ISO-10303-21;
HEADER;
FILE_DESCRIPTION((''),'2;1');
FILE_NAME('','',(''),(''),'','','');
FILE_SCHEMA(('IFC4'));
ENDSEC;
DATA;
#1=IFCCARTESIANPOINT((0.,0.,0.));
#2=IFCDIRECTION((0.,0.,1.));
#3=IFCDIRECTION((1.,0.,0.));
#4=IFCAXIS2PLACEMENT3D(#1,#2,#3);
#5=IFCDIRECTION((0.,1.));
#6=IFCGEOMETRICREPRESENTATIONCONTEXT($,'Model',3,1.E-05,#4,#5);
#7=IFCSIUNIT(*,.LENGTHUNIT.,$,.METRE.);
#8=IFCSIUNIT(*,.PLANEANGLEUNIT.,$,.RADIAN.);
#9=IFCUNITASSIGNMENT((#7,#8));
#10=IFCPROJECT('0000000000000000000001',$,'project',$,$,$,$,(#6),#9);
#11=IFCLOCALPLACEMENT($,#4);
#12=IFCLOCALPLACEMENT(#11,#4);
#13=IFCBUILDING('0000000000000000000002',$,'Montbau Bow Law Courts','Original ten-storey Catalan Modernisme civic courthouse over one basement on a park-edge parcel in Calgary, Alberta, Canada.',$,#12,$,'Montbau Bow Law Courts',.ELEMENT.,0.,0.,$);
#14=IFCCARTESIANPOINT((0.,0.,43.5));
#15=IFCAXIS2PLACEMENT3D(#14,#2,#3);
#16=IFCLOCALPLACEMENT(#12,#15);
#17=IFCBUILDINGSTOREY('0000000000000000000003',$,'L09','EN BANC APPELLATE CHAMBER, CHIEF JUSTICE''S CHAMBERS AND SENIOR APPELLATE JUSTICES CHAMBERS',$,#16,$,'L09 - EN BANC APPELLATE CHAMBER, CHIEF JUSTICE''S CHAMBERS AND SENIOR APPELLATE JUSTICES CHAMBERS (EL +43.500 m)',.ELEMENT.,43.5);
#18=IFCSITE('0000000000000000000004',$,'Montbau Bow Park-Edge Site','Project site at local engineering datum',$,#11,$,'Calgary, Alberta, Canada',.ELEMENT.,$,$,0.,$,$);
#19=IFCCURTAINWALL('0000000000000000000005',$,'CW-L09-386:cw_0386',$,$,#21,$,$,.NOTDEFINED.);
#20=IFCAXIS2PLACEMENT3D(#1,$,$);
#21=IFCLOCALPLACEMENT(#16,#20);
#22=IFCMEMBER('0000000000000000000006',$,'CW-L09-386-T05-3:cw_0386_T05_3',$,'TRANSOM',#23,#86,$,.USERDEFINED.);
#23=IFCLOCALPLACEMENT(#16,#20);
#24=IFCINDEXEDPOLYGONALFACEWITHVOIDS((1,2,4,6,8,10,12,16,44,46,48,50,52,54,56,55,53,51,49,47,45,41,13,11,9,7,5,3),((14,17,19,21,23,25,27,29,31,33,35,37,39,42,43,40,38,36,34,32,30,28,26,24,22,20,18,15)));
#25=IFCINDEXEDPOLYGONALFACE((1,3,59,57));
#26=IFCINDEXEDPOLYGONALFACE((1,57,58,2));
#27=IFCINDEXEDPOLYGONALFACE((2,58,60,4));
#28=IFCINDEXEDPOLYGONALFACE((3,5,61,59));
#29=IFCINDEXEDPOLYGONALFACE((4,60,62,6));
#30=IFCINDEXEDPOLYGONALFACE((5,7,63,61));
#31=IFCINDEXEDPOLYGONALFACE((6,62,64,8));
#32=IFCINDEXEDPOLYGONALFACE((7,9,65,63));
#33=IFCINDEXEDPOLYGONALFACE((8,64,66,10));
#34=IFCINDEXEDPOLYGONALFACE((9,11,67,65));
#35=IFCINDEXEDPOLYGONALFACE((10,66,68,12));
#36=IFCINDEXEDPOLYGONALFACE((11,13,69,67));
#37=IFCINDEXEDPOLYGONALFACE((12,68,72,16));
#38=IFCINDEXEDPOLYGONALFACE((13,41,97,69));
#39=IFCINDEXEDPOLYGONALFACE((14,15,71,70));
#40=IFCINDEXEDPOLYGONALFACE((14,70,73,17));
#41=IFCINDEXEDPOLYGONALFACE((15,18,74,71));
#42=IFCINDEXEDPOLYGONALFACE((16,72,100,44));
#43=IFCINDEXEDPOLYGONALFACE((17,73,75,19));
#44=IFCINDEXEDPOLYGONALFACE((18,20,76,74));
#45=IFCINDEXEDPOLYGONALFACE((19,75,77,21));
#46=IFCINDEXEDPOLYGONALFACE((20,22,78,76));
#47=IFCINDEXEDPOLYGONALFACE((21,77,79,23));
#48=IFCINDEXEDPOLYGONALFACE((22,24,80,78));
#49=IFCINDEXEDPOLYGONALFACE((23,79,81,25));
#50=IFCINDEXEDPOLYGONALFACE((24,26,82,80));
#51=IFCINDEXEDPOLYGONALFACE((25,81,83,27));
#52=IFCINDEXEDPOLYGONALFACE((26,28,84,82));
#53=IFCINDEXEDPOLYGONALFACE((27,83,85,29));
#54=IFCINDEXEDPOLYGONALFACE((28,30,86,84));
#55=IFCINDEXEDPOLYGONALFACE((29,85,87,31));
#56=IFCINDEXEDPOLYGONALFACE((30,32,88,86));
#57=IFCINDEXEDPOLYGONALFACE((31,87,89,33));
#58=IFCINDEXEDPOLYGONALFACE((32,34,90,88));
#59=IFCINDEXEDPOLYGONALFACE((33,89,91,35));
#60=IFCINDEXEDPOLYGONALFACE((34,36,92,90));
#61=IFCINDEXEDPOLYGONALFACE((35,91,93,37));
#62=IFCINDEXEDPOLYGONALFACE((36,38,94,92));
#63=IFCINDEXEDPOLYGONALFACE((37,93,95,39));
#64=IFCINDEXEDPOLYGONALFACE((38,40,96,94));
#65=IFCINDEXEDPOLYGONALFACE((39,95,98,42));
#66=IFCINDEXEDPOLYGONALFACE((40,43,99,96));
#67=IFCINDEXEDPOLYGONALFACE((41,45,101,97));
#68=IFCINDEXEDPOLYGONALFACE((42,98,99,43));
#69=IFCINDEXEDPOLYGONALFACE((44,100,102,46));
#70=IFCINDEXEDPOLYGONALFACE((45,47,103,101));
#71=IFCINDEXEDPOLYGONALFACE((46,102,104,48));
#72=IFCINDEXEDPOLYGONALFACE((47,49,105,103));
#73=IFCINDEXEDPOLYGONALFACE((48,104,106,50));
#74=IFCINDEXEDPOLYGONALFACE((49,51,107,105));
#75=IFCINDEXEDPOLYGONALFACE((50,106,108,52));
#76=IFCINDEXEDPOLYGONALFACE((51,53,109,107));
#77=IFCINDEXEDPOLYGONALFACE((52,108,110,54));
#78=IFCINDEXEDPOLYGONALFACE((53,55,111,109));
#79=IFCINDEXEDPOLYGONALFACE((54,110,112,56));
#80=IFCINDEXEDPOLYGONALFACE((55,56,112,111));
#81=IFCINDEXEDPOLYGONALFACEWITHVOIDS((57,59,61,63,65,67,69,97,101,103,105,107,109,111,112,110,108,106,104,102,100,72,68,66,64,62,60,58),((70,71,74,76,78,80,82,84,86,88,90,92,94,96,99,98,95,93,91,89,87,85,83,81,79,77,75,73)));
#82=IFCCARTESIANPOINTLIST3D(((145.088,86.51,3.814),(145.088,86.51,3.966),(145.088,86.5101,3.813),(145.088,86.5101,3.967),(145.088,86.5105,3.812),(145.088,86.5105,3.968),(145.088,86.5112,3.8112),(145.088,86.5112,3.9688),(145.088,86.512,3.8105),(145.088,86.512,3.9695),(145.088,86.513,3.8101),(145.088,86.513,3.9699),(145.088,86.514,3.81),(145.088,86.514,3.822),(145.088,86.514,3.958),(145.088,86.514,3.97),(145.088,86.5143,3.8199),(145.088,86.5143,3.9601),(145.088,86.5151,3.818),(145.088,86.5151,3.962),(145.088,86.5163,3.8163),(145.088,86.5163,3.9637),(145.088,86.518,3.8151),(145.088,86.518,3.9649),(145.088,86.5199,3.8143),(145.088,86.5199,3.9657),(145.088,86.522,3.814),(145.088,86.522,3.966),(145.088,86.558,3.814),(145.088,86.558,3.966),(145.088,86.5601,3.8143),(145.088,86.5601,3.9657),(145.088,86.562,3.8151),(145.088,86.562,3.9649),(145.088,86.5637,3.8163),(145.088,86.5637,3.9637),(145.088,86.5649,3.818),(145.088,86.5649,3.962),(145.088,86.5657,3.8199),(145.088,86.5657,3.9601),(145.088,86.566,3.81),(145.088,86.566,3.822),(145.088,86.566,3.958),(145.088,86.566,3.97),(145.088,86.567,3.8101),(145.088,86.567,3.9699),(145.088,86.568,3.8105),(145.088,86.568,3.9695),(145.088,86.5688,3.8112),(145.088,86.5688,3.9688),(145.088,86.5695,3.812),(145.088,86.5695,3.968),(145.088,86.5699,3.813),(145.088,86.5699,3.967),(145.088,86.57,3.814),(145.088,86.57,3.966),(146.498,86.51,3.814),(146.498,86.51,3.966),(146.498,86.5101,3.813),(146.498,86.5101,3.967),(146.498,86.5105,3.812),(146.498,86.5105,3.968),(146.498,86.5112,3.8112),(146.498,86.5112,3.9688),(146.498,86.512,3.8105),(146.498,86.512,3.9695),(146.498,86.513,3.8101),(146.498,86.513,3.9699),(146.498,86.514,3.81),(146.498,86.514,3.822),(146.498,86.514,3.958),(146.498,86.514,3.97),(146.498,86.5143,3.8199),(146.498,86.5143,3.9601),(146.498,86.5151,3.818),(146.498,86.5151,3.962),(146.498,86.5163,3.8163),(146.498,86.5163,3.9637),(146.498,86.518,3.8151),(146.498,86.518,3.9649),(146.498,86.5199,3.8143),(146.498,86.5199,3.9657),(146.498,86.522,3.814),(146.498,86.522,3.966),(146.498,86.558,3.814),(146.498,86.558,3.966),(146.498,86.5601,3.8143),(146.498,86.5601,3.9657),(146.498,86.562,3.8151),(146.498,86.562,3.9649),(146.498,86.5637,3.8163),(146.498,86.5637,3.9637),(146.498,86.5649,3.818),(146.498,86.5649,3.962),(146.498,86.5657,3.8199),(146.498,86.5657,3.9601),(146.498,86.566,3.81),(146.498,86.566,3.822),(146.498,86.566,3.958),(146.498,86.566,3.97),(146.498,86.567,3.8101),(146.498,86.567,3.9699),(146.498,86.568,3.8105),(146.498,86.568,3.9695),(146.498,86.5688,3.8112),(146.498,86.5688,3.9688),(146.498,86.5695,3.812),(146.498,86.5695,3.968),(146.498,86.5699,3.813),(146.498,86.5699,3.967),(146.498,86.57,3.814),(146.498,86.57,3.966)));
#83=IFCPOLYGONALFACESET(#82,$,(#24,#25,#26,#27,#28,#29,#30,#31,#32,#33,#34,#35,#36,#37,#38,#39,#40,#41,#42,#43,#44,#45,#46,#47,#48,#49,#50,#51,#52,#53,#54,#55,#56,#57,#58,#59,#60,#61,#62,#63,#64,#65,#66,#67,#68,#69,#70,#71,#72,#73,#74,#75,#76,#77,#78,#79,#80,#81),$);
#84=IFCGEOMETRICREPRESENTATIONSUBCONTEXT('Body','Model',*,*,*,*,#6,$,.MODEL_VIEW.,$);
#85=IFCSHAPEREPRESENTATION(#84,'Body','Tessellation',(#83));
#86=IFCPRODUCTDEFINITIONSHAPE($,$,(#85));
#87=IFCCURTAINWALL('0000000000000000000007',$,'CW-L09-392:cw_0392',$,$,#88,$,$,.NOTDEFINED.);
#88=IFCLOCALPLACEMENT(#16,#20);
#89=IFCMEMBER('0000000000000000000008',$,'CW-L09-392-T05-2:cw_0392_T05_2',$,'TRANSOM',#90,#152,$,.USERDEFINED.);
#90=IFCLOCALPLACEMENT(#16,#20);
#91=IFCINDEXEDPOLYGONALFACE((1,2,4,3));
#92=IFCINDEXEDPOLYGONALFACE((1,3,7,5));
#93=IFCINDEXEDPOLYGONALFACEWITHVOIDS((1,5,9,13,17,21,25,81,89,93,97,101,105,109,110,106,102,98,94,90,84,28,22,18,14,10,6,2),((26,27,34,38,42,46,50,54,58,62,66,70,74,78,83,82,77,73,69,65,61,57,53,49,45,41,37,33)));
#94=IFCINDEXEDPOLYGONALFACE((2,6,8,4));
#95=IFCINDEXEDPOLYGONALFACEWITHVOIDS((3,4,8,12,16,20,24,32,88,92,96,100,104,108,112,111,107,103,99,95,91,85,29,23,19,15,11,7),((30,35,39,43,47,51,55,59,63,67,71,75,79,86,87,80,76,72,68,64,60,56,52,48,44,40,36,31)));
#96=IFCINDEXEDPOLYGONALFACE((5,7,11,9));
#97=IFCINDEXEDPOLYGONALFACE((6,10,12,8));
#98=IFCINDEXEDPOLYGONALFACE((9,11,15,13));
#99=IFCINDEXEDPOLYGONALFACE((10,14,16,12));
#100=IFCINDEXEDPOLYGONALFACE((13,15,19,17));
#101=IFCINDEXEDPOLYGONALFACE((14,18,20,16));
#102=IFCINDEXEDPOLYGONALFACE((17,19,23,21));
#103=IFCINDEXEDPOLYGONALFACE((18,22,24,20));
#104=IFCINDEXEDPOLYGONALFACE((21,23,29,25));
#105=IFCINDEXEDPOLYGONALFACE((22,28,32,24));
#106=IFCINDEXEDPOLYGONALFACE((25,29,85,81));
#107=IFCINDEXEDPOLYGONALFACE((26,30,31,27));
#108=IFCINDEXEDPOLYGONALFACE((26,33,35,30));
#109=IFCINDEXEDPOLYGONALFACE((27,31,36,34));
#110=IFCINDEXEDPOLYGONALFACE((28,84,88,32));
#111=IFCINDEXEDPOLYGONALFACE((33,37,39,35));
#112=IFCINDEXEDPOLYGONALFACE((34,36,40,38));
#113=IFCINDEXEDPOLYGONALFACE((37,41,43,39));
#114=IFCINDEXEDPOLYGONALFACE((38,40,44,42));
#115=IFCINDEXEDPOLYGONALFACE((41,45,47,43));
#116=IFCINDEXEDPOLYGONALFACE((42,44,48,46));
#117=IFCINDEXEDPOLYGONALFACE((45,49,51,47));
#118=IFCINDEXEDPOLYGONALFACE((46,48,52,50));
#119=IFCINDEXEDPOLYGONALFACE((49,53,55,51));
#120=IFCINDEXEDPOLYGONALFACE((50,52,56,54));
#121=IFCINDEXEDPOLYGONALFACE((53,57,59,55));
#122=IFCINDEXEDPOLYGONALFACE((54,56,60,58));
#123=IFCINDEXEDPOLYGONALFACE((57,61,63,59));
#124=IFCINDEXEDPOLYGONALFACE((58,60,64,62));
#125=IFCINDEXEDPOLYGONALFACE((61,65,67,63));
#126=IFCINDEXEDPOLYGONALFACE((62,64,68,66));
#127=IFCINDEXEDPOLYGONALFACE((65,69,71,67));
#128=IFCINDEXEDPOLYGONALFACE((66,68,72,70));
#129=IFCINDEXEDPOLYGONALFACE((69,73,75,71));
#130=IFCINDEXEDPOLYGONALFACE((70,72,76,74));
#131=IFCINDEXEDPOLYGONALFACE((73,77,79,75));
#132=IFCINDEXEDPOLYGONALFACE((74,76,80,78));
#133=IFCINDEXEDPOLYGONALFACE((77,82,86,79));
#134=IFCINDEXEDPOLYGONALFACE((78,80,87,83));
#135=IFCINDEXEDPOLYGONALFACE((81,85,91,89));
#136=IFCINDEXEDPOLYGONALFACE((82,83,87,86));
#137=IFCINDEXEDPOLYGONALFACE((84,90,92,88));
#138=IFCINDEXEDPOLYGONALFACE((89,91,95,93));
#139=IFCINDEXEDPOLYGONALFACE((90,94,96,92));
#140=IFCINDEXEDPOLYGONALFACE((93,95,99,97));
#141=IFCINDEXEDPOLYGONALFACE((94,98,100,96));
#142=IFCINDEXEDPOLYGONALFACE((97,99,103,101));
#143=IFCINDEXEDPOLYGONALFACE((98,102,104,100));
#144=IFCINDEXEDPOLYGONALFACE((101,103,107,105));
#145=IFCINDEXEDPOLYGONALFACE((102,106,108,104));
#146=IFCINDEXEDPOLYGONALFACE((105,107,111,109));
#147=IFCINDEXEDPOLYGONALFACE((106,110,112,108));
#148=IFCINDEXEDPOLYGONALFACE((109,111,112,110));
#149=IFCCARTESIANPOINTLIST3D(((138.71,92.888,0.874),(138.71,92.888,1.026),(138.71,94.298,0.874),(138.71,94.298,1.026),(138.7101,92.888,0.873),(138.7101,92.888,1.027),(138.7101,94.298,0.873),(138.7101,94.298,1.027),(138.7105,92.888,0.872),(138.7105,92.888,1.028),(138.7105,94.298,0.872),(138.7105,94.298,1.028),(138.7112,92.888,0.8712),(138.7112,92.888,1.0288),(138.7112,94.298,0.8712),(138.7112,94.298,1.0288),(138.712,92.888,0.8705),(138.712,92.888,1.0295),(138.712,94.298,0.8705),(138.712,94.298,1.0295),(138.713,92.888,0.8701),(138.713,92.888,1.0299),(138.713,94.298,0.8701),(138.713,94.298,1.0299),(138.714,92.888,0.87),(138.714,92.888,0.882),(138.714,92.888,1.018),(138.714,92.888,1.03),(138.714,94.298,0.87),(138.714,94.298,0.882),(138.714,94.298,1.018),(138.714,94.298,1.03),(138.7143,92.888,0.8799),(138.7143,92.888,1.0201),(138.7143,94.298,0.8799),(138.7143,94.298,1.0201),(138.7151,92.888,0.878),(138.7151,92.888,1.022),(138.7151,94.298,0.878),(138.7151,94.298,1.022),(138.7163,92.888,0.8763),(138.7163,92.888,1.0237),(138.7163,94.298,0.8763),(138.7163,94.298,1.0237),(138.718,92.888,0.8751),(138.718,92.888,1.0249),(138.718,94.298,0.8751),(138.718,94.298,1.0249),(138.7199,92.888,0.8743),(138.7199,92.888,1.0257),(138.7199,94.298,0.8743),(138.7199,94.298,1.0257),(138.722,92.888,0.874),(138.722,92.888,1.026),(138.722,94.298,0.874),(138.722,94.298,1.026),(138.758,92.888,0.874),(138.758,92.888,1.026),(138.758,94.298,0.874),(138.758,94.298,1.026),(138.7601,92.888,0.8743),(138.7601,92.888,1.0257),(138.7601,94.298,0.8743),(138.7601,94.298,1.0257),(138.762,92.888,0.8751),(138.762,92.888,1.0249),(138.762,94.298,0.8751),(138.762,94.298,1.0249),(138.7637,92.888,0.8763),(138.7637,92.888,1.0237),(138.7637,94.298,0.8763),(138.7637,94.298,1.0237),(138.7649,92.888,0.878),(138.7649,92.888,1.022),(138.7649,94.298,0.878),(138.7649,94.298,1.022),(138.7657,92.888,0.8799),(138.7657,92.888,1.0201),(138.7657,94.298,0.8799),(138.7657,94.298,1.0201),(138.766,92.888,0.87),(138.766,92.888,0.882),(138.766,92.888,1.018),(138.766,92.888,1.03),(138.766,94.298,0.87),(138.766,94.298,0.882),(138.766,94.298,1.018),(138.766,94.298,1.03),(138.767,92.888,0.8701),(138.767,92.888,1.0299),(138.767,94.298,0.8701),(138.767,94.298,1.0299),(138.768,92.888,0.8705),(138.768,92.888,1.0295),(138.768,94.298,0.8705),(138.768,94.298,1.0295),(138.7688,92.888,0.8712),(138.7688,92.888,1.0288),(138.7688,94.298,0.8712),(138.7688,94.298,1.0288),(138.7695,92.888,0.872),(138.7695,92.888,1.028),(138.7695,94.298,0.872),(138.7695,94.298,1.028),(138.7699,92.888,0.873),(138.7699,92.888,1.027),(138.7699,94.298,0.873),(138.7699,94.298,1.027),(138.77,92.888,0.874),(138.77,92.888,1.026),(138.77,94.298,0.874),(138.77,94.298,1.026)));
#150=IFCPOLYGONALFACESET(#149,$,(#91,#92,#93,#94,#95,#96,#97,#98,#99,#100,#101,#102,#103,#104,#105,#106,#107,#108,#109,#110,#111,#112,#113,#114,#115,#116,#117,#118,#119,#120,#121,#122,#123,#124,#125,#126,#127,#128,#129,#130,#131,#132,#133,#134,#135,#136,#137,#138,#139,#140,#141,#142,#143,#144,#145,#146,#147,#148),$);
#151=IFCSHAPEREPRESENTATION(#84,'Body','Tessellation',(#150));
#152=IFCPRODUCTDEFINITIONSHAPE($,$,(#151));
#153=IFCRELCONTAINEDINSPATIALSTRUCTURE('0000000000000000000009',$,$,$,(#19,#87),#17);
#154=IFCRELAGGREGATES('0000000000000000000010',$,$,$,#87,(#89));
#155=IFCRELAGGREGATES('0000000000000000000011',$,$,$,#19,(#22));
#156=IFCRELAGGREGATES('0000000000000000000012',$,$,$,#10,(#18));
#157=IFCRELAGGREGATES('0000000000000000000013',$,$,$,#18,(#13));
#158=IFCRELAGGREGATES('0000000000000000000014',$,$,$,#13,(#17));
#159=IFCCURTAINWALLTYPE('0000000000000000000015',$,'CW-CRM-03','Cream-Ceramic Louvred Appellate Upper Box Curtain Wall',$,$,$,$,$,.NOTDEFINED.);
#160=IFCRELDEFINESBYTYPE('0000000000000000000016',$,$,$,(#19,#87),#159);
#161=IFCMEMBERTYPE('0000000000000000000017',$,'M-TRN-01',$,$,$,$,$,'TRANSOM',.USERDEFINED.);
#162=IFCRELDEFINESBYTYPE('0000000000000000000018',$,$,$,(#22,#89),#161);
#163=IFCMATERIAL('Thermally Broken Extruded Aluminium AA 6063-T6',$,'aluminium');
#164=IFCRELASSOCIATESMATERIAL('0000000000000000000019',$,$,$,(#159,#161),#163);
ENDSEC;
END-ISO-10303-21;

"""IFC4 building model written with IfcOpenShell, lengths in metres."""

from ifc_helpers import new_model, si_unit, direction, frame, origin_with_axes, origin_2d_with_axis, place, context, subcontext, project, spatial, hollow_rectangle, extrude, material, material_profile, profile_set, type_object, element, aggregate, save


model = new_model("IFC4")

# Units and contexts
model_context = context("Model", 3, precision=1e-05, world=origin_with_axes(), true_north=direction((0.0, 1.0)))
body_context = subcontext(model_context, "Body", "Model", "MODEL_VIEW")
ifc_project = project(units=[si_unit("LENGTHUNIT", "METRE"), si_unit("PLANEANGLEUNIT", "RADIAN")], contexts=[model_context])

# Site, building, storey
site_placement = place(None, origin_with_axes())
site = spatial("IfcSite", under=ifc_project, at=site_placement, Name="Montbau Bow Park-Edge Site", Description="Project site at local engineering datum", LongName="Calgary, Alberta, Canada", CompositionType="ELEMENT", RefElevation=0.0)
building_placement = place(site_placement, origin_with_axes())
building = spatial("IfcBuilding", under=site, at=building_placement, Name="Montbau Bow Law Courts", Description="Original ten-storey Catalan Modernisme civic courthouse over one basement on a park-edge parcel in Calgary, Alberta, Canada.", LongName="Montbau Bow Law Courts", CompositionType="ELEMENT", ElevationOfRefHeight=0.0, ElevationOfTerrain=0.0)
storey_placement = place(building_placement, frame((0.0, 0.0, 43.5), z_axis=(0.0, 0.0, 1.0), x_axis=(1.0, 0.0, 0.0)))
storey = spatial("IfcBuildingStorey", under=building, at=storey_placement, Name="L09", Description="EN BANC APPELLATE CHAMBER, CHIEF JUSTICE'S CHAMBERS AND SENIOR APPELLATE JUSTICES CHAMBERS", LongName="L09 - EN BANC APPELLATE CHAMBER, CHIEF JUSTICE'S CHAMBERS AND SENIOR APPELLATE JUSTICES CHAMBERS (EL +43.500 m)", CompositionType="ELEMENT", Elevation=43.5)

# Shared definitions
ifc_material_1 = material(Name="Thermally Broken Extruded Aluminium AA 6063-T6", Category="aluminium")
curtain_wall_type = type_object("IfcCurtainWallType", Name="CW-CRM-03", Description="Cream-Ceramic Louvred Appellate Upper Box Curtain Wall", PredefinedType="NOTDEFINED", material=ifc_material_1)

# Curtain walls, members
curtain_wall_1_placement = place(None, frame((139.04, 86.54, 43.5), z_axis=(0.0, 0.0, 1.0), x_axis=(1.0, 0.0, 0.0)))
curtain_wall_1 = element("IfcCurtainWall", 1, at=curtain_wall_1_placement, inside=storey, type_object=curtain_wall_type, Name="CW-L09-386:cw_0386", PredefinedType="NOTDEFINED")
ifc_material_profile_1 = material_profile(ifc_material_1, hollow_rectangle(XDim=0.06, YDim=0.16, WallThickness=0.004, InnerFilletRadius=0.008, OuterFilletRadius=0.004, at=origin_2d_with_axis()), Name="CWT-160X60", Category="Main", Priority=0)
ifc_profile_set_1 = profile_set([ifc_material_profile_1], Name="Thermally Broken Extruded Aluminium AA 6063-T6")
member_type_1 = type_object("IfcMemberType", Name="M-TRN-01", ElementType="TRANSOM", PredefinedType="USERDEFINED", material=ifc_profile_set_1)
member_1_placement = place(None, frame((145.088, 86.54, 47.39), z_axis=(1.0, 0.0, 0.0), x_axis=(0.0, 1.0, 0.0)))
member_1 = element("IfcMember", 2, at=member_1_placement, type_object=member_type_1, Name="CW-L09-386-T05-3:cw_0386_T05_3", ObjectType="TRANSOM", PredefinedType="USERDEFINED", context=body_context, shape_type="SweptSolid", body=[
    extrude(hollow_rectangle(XDim=0.06, YDim=0.16, WallThickness=0.004, InnerFilletRadius=0.008, OuterFilletRadius=0.004, at=origin_2d_with_axis()), origin_with_axes(), (0.0, 0.0, 1.0), 1.41),
])
curtain_wall_2_placement = place(None, frame((138.74, 86.84, 43.5), z_axis=(0.0, 0.0, 1.0), x_axis=(1.0, 0.0, 0.0)))
curtain_wall_2 = element("IfcCurtainWall", 3, at=curtain_wall_2_placement, inside=storey, type_object=curtain_wall_type, Name="CW-L09-392:cw_0392", PredefinedType="NOTDEFINED")
member_2_placement = place(None, frame((138.74, 92.888, 44.45), z_axis=(0.0, 1.0, 0.0), x_axis=(-1.0, 0.0, 0.0)))
member_2 = element("IfcMember", 4, at=member_2_placement, type_object=member_type_1, Name="CW-L09-392-T05-2:cw_0392_T05_2", ObjectType="TRANSOM", PredefinedType="USERDEFINED", context=body_context, shape_type="SweptSolid", body=[
    extrude(hollow_rectangle(XDim=0.06, YDim=0.16, WallThickness=0.004, InnerFilletRadius=0.008, OuterFilletRadius=0.004, at=origin_2d_with_axis()), origin_with_axes(), (0.0, 0.0, 1.0), 1.41),
])
aggregate(curtain_wall_2, [member_2])

aggregate(curtain_wall_1, [member_1])

save(model, "model.ifc")
